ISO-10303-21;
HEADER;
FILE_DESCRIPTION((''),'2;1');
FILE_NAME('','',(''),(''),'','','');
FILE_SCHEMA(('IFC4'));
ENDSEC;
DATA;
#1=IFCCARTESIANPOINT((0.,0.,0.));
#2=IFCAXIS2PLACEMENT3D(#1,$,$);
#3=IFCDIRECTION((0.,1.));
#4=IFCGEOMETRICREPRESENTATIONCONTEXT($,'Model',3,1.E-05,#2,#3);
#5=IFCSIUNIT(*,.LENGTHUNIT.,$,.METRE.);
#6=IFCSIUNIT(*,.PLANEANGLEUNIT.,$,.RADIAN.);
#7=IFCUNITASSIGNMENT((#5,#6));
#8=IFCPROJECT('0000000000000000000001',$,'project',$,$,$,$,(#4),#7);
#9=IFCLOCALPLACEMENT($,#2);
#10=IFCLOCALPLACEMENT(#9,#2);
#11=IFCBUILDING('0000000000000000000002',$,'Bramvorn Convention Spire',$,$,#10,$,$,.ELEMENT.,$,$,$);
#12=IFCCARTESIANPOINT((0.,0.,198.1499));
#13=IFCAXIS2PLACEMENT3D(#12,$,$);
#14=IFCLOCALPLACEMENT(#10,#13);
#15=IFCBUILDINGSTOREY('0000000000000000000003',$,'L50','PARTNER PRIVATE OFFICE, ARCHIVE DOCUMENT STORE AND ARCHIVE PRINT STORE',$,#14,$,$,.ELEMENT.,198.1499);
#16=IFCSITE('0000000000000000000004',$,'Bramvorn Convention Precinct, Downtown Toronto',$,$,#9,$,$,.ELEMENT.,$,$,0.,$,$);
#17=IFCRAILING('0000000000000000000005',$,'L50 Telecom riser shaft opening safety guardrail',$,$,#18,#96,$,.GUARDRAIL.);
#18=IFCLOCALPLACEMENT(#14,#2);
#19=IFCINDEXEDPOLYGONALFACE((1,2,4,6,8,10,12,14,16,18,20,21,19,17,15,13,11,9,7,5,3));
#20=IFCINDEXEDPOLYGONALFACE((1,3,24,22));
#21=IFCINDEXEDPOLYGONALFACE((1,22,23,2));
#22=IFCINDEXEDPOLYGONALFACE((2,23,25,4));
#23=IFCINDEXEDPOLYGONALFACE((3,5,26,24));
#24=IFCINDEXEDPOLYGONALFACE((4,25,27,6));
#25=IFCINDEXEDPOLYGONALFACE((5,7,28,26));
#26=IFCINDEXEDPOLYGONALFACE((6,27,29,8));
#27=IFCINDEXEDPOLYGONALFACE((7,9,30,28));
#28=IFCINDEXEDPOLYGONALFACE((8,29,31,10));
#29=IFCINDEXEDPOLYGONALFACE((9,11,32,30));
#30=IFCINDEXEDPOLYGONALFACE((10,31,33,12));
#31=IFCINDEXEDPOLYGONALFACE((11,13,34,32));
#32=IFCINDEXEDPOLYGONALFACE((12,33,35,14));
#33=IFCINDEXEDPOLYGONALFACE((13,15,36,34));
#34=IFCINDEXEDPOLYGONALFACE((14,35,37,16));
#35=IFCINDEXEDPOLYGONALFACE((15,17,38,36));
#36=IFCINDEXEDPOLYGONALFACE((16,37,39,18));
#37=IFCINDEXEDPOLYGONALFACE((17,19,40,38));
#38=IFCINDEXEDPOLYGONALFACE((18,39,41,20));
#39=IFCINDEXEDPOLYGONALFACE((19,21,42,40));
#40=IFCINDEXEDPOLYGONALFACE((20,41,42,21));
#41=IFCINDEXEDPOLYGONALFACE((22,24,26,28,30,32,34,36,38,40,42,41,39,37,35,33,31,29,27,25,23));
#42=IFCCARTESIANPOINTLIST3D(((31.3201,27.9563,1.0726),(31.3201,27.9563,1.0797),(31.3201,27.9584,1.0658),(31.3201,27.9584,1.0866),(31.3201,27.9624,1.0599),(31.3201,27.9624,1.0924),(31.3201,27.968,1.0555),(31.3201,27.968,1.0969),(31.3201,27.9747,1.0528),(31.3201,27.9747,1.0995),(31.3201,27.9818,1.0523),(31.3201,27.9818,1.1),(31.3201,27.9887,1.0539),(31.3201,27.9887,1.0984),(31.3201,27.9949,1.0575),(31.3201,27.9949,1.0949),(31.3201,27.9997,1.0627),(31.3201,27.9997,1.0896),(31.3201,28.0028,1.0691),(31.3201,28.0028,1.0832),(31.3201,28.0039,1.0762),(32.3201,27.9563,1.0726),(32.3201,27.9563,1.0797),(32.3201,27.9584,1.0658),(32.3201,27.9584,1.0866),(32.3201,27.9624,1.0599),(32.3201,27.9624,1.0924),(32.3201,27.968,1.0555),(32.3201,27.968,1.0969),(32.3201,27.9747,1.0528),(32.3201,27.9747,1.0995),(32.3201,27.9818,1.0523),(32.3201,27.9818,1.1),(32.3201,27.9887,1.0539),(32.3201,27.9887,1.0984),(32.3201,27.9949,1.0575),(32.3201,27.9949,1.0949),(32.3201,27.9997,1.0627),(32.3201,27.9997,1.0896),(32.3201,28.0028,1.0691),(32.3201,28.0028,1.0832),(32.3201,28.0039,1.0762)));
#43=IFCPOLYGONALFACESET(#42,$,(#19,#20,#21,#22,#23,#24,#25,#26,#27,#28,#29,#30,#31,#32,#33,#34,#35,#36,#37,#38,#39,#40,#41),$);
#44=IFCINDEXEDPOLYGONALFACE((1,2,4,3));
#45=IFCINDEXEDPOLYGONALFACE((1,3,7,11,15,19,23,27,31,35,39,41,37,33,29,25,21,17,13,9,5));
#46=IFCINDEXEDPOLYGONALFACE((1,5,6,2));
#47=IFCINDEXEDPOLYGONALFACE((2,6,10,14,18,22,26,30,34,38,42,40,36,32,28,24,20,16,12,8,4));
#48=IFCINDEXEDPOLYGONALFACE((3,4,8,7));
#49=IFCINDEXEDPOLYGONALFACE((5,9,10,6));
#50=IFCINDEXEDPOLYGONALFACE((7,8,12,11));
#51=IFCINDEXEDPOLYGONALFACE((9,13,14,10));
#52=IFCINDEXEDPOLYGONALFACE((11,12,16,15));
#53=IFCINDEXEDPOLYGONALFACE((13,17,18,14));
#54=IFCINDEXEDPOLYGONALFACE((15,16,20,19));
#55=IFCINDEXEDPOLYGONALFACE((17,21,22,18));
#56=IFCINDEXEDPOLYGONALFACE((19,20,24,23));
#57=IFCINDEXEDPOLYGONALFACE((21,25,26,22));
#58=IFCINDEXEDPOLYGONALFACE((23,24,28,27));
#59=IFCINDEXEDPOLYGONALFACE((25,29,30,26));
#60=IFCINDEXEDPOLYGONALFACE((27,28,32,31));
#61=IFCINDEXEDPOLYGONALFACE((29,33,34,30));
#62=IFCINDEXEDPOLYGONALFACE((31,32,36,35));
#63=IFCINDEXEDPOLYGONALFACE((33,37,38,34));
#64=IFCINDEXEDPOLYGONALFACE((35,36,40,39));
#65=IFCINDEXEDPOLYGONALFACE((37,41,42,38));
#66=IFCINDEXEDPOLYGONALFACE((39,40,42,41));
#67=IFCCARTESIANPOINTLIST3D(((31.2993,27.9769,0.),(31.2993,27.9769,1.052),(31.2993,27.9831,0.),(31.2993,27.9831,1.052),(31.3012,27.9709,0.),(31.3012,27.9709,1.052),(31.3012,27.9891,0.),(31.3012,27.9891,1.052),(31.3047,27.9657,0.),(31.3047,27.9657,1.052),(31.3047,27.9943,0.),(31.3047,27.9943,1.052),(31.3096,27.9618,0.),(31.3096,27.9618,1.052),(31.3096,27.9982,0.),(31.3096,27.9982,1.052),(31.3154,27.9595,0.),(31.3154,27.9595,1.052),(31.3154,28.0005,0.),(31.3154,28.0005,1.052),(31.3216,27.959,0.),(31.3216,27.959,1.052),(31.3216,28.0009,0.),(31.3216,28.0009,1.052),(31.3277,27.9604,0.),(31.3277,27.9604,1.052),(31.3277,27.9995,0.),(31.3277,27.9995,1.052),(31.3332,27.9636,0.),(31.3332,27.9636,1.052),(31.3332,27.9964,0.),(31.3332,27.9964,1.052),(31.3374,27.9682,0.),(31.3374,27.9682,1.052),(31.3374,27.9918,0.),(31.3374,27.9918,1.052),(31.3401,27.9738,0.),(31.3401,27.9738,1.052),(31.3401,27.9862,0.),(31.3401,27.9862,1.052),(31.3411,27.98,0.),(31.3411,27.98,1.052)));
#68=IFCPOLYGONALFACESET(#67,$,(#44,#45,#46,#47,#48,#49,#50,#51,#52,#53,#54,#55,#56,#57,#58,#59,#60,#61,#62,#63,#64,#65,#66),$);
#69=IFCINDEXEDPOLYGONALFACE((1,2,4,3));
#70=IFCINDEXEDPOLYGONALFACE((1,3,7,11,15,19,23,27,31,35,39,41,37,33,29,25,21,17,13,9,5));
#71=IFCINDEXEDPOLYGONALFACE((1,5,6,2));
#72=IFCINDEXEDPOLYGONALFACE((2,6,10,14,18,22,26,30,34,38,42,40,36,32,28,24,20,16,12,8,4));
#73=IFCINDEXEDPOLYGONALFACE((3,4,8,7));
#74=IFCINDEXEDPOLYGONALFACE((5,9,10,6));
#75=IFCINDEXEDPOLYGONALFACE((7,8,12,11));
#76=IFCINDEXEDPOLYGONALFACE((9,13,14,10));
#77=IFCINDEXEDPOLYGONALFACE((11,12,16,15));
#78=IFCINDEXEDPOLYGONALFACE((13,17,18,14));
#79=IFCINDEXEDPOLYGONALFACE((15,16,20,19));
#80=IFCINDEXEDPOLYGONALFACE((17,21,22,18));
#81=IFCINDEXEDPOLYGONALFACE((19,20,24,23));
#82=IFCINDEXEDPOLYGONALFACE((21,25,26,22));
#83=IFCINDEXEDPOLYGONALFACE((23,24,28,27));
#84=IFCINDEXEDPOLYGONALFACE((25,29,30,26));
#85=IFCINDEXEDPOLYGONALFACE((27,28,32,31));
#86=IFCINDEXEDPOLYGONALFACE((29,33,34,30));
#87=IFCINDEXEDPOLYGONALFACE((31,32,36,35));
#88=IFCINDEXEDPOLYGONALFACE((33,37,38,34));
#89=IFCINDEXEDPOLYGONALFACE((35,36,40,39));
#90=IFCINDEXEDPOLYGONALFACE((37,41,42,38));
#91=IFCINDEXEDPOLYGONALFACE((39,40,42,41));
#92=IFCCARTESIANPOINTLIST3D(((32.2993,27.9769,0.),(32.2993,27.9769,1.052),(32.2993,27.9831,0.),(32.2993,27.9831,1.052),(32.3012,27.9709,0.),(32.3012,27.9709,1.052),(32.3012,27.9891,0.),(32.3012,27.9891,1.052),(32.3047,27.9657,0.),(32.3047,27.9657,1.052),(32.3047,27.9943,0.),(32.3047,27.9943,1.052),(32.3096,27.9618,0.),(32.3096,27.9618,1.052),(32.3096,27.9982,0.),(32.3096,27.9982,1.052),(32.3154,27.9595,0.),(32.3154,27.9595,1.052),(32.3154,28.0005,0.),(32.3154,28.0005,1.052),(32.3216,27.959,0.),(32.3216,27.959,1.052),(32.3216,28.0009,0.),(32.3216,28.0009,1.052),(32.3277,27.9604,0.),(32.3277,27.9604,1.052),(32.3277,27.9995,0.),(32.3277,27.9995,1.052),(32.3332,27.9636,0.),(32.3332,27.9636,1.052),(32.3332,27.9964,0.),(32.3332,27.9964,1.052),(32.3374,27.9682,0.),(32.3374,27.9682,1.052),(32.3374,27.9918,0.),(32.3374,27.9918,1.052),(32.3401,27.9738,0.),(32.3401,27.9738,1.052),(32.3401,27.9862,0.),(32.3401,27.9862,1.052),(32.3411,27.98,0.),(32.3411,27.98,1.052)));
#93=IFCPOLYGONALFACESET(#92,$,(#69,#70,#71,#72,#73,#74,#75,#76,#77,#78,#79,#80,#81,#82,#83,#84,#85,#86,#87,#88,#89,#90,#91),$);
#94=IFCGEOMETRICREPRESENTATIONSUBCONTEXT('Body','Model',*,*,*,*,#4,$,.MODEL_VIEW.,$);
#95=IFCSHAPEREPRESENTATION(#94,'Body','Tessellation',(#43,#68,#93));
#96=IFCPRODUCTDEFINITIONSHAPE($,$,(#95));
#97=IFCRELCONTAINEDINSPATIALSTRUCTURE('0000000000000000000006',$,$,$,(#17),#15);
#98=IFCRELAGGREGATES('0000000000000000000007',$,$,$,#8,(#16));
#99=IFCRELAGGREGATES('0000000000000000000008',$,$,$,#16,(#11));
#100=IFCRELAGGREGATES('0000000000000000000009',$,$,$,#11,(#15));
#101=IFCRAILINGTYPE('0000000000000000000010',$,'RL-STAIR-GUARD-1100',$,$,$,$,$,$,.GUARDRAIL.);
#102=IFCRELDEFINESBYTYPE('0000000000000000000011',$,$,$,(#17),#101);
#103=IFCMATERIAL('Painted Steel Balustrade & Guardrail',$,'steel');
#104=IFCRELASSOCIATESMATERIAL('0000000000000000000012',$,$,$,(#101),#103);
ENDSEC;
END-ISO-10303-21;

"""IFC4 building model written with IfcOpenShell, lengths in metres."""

from ifc_helpers import new_model, si_unit, direction, frame, origin, origin_2d, place, context, subcontext, project, spatial, circle, extrude, material, type_object, element, save


model = new_model("IFC4")

# Units and contexts
model_context = context("Model", 3, precision=1e-05, world=origin(), true_north=direction((0.0, 1.0)))
body_context = subcontext(model_context, "Body", "Model", "MODEL_VIEW")
ifc_project = project(units=[si_unit("LENGTHUNIT", "METRE"), si_unit("PLANEANGLEUNIT", "RADIAN")], contexts=[model_context])

# Site, building, storey
site_placement = place(None, origin())
site = spatial("IfcSite", under=ifc_project, at=site_placement, Name="Bramvorn Convention Precinct, Downtown Toronto", CompositionType="ELEMENT", RefElevation=0.0)
building_placement = place(site_placement, origin())
building = spatial("IfcBuilding", under=site, at=building_placement, Name="Bramvorn Convention Spire", CompositionType="ELEMENT")
storey_placement = place(building_placement, frame((0.0, 0.0, 198.1499)))
storey = spatial("IfcBuildingStorey", under=building, at=storey_placement, Name="L50", Description="PARTNER PRIVATE OFFICE, ARCHIVE DOCUMENT STORE AND ARCHIVE PRINT STORE", CompositionType="ELEMENT", Elevation=198.1499)

# Railing
ifc_material_1 = material(Name="Painted Steel Balustrade & Guardrail", Category="steel")
railing_type_1 = type_object("IfcRailingType", Name="RL-STAIR-GUARD-1100", PredefinedType="GUARDRAIL", material=ifc_material_1)
railing_1_placement = place(storey_placement, frame((31.3201, 27.98, 0.0)))
element("IfcRailing", 1, at=railing_1_placement, inside=storey, type_object=railing_type_1, Name="L50 Telecom riser shaft opening safety guardrail", PredefinedType="GUARDRAIL", context=body_context, shape_type="SweptSolid", body=[
    extrude(circle(Radius=0.0239, at=origin_2d()), frame((0.0, 0.0, 1.0762), z_axis=(1.0, 0.0, 0.0), x_axis=(0.0, 1.0, 0.0)), (0.0, 0.0, 1.0), 1.0),
    extrude(circle(Radius=0.021, at=origin_2d()), origin(), (0.0, 0.0, 1.0), 1.052),
    extrude(circle(Radius=0.021, at=origin_2d()), frame((1.0, 0.0, 0.0)), (0.0, 0.0, 1.0), 1.052),
])

save(model, "model.ifc")
